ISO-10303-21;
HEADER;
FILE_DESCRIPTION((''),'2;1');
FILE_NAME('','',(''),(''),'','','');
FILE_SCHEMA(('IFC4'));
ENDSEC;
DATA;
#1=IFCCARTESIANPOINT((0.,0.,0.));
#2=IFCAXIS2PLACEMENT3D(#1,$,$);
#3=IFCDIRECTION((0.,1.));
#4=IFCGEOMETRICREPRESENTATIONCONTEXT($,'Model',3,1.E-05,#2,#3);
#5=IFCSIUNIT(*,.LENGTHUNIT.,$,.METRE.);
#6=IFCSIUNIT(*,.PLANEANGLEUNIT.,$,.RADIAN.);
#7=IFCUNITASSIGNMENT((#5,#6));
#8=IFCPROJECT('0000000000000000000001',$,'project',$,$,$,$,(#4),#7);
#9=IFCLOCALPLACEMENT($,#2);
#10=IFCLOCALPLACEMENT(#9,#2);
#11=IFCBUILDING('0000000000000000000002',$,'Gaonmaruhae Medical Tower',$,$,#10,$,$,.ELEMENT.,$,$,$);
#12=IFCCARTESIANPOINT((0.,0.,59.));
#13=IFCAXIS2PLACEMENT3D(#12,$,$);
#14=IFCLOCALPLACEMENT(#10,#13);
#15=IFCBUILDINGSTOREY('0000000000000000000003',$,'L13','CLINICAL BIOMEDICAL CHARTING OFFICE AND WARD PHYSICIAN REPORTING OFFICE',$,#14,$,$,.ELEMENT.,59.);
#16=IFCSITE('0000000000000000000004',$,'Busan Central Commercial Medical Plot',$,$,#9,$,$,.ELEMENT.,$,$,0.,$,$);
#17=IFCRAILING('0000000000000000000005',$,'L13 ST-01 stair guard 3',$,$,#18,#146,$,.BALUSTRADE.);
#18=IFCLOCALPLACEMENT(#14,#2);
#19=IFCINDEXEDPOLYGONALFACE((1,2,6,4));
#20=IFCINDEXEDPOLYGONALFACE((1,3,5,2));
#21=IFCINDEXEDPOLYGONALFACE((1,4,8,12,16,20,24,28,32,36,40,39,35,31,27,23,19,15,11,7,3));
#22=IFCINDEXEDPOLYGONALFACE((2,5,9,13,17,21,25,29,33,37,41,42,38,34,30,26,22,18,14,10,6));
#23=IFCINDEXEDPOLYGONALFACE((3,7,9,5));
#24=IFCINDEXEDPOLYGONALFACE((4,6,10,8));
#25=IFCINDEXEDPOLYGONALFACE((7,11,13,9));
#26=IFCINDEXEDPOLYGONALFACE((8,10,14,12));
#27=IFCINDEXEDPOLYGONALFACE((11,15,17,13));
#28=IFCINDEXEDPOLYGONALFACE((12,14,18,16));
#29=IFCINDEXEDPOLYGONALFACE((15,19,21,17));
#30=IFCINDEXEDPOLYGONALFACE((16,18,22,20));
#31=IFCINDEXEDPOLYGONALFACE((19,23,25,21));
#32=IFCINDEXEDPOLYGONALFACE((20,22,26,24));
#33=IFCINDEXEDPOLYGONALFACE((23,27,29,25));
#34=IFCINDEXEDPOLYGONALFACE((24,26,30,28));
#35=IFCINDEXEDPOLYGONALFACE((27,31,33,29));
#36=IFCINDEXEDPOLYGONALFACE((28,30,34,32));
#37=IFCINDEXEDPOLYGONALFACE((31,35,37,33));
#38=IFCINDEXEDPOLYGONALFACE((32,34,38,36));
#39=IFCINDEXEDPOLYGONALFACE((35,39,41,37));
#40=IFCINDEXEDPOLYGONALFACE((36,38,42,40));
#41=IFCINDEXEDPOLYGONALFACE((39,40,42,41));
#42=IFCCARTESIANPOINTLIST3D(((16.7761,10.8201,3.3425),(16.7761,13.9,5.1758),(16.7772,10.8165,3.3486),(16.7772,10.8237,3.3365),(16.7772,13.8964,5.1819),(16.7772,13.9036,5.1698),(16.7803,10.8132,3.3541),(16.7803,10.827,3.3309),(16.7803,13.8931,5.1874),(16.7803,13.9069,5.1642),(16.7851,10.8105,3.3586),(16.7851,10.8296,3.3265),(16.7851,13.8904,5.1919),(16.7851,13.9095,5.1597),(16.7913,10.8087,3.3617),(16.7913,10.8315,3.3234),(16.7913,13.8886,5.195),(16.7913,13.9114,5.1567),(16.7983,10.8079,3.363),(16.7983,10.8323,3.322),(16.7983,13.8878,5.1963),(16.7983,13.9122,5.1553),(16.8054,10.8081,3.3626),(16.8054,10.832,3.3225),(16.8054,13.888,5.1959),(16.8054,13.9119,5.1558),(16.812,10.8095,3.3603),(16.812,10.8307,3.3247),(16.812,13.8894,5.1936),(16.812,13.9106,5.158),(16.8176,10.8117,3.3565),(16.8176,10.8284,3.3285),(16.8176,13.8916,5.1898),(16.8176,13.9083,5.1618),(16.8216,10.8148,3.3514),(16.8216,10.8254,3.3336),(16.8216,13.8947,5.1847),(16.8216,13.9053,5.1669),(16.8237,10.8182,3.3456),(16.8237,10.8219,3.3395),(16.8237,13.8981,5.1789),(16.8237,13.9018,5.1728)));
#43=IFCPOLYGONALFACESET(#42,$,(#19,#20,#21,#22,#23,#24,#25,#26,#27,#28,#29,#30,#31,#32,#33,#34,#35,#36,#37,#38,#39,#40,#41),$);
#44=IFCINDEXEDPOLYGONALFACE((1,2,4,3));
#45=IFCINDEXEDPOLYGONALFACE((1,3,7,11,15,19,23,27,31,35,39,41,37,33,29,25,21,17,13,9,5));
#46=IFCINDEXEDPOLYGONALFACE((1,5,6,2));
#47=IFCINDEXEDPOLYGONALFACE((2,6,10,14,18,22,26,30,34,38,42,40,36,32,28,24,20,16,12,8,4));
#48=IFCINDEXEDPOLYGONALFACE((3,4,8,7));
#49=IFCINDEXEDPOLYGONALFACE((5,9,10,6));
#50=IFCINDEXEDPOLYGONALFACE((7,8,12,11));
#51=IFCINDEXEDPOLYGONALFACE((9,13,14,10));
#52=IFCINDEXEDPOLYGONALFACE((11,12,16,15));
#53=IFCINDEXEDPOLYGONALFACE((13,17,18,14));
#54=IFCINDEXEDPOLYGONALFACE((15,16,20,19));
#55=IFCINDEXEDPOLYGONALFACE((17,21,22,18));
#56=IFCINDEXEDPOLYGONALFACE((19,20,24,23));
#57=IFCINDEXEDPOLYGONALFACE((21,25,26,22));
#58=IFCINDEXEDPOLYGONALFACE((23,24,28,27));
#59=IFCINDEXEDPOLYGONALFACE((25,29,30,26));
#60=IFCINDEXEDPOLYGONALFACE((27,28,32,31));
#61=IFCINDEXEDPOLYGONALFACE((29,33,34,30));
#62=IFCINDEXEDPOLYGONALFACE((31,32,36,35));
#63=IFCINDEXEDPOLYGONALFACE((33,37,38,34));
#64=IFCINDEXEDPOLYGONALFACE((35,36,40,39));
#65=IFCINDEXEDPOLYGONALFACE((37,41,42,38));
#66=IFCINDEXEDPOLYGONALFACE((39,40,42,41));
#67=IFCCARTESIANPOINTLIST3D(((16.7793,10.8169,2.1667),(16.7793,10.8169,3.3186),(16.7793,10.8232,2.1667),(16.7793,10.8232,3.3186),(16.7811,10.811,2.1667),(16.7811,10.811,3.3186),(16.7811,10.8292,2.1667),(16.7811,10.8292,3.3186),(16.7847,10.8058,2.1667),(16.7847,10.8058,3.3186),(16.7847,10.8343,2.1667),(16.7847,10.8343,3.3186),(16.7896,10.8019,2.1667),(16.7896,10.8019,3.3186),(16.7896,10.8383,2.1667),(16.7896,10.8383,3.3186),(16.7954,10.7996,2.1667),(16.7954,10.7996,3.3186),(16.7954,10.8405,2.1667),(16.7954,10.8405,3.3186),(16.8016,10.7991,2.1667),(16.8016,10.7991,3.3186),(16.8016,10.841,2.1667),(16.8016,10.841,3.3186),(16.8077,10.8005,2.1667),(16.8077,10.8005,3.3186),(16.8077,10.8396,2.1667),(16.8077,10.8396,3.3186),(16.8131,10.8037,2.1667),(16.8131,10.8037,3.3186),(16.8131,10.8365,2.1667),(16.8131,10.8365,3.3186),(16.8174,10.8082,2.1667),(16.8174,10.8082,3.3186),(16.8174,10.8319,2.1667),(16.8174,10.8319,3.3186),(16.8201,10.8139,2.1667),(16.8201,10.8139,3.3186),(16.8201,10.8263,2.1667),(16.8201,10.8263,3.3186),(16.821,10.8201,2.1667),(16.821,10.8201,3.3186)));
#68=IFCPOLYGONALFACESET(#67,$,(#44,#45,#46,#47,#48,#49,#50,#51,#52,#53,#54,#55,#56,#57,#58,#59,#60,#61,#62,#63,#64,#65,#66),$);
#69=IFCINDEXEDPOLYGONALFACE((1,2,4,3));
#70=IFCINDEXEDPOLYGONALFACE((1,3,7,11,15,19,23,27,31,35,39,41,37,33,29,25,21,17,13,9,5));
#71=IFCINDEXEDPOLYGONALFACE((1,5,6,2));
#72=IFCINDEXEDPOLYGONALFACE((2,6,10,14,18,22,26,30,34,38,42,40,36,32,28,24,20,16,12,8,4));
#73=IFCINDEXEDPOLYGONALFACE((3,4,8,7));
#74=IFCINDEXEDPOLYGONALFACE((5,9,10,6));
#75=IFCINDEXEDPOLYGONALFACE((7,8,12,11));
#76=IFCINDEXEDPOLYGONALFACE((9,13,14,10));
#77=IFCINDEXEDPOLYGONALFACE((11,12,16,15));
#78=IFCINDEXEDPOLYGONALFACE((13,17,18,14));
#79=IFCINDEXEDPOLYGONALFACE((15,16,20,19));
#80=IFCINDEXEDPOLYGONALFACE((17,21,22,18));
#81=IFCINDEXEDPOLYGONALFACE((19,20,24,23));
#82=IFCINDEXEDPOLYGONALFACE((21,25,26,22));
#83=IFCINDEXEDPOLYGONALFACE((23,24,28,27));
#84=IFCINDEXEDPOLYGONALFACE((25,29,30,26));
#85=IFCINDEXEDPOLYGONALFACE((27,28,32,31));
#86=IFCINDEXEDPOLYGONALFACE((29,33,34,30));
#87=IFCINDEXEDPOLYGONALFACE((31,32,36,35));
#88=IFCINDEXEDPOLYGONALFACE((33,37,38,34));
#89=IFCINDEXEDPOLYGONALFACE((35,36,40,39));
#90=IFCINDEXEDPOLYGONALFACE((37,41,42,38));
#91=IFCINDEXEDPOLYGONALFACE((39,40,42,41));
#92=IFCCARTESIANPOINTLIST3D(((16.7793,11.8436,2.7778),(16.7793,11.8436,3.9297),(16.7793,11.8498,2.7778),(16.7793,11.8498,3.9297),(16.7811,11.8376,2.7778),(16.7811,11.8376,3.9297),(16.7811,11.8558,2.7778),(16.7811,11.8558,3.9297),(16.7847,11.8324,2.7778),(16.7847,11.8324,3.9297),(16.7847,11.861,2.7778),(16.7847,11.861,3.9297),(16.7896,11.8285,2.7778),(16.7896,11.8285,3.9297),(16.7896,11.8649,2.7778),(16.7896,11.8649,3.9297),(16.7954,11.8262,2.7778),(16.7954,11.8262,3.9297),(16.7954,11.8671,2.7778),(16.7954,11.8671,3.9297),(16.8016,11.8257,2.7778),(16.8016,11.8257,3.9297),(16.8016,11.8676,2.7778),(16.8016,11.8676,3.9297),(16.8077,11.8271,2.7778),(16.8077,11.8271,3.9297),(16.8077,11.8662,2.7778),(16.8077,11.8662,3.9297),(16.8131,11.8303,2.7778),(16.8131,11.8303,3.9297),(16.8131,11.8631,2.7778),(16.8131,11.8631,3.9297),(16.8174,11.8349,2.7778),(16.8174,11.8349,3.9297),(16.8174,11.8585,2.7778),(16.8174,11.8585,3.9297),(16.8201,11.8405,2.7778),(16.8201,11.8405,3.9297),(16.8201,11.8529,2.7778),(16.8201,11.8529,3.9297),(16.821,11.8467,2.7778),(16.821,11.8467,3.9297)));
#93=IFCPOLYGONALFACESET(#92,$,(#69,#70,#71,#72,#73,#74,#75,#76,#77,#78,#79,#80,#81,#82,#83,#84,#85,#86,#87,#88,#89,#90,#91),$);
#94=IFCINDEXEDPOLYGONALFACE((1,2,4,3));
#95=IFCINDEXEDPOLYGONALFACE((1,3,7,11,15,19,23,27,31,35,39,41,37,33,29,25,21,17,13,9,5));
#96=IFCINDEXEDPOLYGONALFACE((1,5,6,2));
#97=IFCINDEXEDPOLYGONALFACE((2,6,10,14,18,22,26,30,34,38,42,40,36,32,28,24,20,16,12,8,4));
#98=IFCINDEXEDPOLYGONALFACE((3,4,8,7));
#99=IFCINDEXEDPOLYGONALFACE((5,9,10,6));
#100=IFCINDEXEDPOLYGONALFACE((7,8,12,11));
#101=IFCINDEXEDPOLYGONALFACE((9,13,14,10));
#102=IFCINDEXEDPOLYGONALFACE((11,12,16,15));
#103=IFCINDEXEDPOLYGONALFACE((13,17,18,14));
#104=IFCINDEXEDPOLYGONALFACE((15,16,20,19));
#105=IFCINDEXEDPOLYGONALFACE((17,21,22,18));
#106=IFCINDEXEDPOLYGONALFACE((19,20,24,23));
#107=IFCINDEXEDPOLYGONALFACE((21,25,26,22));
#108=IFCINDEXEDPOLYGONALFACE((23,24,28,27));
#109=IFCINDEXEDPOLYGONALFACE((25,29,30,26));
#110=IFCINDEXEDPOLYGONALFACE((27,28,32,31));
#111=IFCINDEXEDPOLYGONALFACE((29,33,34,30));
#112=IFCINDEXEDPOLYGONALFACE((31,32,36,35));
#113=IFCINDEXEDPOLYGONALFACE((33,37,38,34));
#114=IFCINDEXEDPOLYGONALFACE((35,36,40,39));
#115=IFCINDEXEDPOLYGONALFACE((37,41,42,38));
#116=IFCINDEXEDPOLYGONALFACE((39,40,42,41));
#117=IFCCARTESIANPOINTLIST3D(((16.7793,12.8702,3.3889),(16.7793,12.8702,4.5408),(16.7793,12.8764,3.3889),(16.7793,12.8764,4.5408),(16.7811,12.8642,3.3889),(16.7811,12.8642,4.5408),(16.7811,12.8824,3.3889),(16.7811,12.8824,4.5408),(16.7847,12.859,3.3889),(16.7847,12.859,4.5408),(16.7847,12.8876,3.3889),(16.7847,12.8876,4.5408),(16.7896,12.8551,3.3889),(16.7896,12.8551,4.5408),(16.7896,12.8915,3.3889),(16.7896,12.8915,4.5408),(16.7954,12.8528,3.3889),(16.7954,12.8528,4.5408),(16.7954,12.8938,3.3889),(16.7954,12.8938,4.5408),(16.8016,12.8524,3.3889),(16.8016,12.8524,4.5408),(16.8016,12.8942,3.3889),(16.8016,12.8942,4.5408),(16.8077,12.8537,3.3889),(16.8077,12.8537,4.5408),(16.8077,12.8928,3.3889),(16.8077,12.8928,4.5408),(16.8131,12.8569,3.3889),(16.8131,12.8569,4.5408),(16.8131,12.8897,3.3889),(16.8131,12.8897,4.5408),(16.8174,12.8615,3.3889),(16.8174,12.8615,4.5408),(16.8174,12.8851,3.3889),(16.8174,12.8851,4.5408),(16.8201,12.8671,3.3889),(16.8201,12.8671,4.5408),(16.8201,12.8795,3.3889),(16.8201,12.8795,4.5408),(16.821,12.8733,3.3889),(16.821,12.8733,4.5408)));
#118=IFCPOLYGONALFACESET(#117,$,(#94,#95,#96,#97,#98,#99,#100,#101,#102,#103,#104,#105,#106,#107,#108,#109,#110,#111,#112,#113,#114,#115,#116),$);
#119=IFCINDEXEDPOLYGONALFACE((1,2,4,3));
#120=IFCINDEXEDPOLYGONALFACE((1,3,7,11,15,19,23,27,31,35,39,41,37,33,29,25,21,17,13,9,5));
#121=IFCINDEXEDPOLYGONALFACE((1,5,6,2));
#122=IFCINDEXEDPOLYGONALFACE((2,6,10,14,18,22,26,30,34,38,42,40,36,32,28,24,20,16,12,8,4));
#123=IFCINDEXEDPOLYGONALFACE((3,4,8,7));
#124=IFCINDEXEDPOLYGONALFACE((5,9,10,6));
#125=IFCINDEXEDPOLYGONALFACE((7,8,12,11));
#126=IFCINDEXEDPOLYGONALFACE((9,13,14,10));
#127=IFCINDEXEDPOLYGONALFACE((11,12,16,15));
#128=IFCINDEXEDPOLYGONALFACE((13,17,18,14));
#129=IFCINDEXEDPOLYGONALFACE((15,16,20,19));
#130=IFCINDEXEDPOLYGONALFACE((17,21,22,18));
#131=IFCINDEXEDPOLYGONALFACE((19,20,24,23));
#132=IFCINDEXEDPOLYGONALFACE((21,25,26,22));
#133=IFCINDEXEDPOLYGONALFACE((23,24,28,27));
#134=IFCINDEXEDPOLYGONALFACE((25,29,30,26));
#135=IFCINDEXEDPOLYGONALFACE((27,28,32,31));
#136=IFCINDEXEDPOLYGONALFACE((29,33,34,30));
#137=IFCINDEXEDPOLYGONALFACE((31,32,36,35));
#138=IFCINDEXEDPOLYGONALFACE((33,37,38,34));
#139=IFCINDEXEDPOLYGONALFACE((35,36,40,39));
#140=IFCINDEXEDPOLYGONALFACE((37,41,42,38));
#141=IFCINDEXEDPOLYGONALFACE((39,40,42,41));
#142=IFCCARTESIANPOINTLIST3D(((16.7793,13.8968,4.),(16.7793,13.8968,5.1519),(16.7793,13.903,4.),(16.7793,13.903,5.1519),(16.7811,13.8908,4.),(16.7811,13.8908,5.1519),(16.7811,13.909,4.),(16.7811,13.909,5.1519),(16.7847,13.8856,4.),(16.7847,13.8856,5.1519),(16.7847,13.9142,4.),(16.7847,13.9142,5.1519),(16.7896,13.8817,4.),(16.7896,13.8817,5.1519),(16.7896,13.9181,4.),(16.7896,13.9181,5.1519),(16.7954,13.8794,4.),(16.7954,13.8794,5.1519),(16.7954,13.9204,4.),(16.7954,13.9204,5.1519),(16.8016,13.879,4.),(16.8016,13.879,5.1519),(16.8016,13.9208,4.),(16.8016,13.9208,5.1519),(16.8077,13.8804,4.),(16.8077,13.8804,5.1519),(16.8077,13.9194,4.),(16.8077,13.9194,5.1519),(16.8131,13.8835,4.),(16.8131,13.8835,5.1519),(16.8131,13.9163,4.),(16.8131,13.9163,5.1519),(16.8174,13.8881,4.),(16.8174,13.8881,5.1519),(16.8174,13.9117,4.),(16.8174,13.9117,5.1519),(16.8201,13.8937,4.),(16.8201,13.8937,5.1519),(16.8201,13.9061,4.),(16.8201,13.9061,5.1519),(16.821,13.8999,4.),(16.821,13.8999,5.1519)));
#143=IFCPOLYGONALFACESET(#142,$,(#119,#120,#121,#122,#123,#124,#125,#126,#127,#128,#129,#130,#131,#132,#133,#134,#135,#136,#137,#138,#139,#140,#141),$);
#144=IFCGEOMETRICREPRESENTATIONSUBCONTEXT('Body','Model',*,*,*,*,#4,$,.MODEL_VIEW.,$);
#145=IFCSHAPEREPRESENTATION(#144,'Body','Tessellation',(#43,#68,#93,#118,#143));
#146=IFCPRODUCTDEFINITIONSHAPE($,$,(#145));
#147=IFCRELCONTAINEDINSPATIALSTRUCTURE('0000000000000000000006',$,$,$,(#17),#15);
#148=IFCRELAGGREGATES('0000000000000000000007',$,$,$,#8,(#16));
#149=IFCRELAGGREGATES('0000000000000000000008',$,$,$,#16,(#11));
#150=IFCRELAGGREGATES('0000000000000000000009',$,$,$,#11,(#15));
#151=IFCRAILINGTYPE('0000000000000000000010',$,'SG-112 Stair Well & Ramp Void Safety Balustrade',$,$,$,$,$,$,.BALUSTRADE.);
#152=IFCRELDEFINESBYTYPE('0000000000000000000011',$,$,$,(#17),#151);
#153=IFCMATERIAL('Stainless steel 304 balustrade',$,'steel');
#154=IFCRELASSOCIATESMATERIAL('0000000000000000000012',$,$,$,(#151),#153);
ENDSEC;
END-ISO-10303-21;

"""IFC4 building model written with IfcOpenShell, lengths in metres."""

from ifc_helpers import new_model, si_unit, direction, frame, origin, origin_2d, place, context, subcontext, project, spatial, circle, extrude, material, type_object, element, save


model = new_model("IFC4")

# Units and contexts
model_context = context("Model", 3, precision=1e-05, world=origin(), true_north=direction((0.0, 1.0)))
body_context = subcontext(model_context, "Body", "Model", "MODEL_VIEW")
ifc_project = project(units=[si_unit("LENGTHUNIT", "METRE"), si_unit("PLANEANGLEUNIT", "RADIAN")], contexts=[model_context])

# Site, building, storey
site_placement = place(None, origin())
site = spatial("IfcSite", under=ifc_project, at=site_placement, Name="Busan Central Commercial Medical Plot", CompositionType="ELEMENT", RefElevation=0.0)
building_placement = place(site_placement, origin())
building = spatial("IfcBuilding", under=site, at=building_placement, Name="Gaonmaruhae Medical Tower", CompositionType="ELEMENT")
storey_placement = place(building_placement, frame((0.0, 0.0, 59.0)))
storey = spatial("IfcBuildingStorey", under=building, at=storey_placement, Name="L13", Description="CLINICAL BIOMEDICAL CHARTING OFFICE AND WARD PHYSICIAN REPORTING OFFICE", CompositionType="ELEMENT", Elevation=59.0)

# Railing
ifc_material_1 = material(Name="Stainless steel 304 balustrade", Category="steel")
railing_type_1 = type_object("IfcRailingType", Name="SG-112 Stair Well & Ramp Void Safety Balustrade", PredefinedType="BALUSTRADE", material=ifc_material_1)
railing_1_placement = place(storey_placement, frame((16.8, 10.8201, 2.1667)))
element("IfcRailing", 1, at=railing_1_placement, inside=storey, type_object=railing_type_1, Name="L13 ST-01 stair guard 3", PredefinedType="BALUSTRADE", context=body_context, shape_type="SweptSolid", body=[
    extrude(circle(Radius=0.0239, at=origin_2d()), frame((0.0, 0.0, 1.1758), z_axis=(0.0, 0.859291, 0.511487), x_axis=(-1.0, 0.0, 0.0)), (0.0, 0.0, 1.0), 3.5842),
    extrude(circle(Radius=0.021, at=origin_2d()), origin(), (0.0, 0.0, 1.0), 1.1519),
    extrude(circle(Radius=0.021, at=origin_2d()), frame((0.0, 1.0266, 0.6111)), (0.0, 0.0, 1.0), 1.1519),
    extrude(circle(Radius=0.021, at=origin_2d()), frame((0.0, 2.0532, 1.2222)), (0.0, 0.0, 1.0), 1.1519),
    extrude(circle(Radius=0.021, at=origin_2d()), frame((0.0, 3.0798, 1.8333)), (0.0, 0.0, 1.0), 1.1519),
])

save(model, "model.ifc")
